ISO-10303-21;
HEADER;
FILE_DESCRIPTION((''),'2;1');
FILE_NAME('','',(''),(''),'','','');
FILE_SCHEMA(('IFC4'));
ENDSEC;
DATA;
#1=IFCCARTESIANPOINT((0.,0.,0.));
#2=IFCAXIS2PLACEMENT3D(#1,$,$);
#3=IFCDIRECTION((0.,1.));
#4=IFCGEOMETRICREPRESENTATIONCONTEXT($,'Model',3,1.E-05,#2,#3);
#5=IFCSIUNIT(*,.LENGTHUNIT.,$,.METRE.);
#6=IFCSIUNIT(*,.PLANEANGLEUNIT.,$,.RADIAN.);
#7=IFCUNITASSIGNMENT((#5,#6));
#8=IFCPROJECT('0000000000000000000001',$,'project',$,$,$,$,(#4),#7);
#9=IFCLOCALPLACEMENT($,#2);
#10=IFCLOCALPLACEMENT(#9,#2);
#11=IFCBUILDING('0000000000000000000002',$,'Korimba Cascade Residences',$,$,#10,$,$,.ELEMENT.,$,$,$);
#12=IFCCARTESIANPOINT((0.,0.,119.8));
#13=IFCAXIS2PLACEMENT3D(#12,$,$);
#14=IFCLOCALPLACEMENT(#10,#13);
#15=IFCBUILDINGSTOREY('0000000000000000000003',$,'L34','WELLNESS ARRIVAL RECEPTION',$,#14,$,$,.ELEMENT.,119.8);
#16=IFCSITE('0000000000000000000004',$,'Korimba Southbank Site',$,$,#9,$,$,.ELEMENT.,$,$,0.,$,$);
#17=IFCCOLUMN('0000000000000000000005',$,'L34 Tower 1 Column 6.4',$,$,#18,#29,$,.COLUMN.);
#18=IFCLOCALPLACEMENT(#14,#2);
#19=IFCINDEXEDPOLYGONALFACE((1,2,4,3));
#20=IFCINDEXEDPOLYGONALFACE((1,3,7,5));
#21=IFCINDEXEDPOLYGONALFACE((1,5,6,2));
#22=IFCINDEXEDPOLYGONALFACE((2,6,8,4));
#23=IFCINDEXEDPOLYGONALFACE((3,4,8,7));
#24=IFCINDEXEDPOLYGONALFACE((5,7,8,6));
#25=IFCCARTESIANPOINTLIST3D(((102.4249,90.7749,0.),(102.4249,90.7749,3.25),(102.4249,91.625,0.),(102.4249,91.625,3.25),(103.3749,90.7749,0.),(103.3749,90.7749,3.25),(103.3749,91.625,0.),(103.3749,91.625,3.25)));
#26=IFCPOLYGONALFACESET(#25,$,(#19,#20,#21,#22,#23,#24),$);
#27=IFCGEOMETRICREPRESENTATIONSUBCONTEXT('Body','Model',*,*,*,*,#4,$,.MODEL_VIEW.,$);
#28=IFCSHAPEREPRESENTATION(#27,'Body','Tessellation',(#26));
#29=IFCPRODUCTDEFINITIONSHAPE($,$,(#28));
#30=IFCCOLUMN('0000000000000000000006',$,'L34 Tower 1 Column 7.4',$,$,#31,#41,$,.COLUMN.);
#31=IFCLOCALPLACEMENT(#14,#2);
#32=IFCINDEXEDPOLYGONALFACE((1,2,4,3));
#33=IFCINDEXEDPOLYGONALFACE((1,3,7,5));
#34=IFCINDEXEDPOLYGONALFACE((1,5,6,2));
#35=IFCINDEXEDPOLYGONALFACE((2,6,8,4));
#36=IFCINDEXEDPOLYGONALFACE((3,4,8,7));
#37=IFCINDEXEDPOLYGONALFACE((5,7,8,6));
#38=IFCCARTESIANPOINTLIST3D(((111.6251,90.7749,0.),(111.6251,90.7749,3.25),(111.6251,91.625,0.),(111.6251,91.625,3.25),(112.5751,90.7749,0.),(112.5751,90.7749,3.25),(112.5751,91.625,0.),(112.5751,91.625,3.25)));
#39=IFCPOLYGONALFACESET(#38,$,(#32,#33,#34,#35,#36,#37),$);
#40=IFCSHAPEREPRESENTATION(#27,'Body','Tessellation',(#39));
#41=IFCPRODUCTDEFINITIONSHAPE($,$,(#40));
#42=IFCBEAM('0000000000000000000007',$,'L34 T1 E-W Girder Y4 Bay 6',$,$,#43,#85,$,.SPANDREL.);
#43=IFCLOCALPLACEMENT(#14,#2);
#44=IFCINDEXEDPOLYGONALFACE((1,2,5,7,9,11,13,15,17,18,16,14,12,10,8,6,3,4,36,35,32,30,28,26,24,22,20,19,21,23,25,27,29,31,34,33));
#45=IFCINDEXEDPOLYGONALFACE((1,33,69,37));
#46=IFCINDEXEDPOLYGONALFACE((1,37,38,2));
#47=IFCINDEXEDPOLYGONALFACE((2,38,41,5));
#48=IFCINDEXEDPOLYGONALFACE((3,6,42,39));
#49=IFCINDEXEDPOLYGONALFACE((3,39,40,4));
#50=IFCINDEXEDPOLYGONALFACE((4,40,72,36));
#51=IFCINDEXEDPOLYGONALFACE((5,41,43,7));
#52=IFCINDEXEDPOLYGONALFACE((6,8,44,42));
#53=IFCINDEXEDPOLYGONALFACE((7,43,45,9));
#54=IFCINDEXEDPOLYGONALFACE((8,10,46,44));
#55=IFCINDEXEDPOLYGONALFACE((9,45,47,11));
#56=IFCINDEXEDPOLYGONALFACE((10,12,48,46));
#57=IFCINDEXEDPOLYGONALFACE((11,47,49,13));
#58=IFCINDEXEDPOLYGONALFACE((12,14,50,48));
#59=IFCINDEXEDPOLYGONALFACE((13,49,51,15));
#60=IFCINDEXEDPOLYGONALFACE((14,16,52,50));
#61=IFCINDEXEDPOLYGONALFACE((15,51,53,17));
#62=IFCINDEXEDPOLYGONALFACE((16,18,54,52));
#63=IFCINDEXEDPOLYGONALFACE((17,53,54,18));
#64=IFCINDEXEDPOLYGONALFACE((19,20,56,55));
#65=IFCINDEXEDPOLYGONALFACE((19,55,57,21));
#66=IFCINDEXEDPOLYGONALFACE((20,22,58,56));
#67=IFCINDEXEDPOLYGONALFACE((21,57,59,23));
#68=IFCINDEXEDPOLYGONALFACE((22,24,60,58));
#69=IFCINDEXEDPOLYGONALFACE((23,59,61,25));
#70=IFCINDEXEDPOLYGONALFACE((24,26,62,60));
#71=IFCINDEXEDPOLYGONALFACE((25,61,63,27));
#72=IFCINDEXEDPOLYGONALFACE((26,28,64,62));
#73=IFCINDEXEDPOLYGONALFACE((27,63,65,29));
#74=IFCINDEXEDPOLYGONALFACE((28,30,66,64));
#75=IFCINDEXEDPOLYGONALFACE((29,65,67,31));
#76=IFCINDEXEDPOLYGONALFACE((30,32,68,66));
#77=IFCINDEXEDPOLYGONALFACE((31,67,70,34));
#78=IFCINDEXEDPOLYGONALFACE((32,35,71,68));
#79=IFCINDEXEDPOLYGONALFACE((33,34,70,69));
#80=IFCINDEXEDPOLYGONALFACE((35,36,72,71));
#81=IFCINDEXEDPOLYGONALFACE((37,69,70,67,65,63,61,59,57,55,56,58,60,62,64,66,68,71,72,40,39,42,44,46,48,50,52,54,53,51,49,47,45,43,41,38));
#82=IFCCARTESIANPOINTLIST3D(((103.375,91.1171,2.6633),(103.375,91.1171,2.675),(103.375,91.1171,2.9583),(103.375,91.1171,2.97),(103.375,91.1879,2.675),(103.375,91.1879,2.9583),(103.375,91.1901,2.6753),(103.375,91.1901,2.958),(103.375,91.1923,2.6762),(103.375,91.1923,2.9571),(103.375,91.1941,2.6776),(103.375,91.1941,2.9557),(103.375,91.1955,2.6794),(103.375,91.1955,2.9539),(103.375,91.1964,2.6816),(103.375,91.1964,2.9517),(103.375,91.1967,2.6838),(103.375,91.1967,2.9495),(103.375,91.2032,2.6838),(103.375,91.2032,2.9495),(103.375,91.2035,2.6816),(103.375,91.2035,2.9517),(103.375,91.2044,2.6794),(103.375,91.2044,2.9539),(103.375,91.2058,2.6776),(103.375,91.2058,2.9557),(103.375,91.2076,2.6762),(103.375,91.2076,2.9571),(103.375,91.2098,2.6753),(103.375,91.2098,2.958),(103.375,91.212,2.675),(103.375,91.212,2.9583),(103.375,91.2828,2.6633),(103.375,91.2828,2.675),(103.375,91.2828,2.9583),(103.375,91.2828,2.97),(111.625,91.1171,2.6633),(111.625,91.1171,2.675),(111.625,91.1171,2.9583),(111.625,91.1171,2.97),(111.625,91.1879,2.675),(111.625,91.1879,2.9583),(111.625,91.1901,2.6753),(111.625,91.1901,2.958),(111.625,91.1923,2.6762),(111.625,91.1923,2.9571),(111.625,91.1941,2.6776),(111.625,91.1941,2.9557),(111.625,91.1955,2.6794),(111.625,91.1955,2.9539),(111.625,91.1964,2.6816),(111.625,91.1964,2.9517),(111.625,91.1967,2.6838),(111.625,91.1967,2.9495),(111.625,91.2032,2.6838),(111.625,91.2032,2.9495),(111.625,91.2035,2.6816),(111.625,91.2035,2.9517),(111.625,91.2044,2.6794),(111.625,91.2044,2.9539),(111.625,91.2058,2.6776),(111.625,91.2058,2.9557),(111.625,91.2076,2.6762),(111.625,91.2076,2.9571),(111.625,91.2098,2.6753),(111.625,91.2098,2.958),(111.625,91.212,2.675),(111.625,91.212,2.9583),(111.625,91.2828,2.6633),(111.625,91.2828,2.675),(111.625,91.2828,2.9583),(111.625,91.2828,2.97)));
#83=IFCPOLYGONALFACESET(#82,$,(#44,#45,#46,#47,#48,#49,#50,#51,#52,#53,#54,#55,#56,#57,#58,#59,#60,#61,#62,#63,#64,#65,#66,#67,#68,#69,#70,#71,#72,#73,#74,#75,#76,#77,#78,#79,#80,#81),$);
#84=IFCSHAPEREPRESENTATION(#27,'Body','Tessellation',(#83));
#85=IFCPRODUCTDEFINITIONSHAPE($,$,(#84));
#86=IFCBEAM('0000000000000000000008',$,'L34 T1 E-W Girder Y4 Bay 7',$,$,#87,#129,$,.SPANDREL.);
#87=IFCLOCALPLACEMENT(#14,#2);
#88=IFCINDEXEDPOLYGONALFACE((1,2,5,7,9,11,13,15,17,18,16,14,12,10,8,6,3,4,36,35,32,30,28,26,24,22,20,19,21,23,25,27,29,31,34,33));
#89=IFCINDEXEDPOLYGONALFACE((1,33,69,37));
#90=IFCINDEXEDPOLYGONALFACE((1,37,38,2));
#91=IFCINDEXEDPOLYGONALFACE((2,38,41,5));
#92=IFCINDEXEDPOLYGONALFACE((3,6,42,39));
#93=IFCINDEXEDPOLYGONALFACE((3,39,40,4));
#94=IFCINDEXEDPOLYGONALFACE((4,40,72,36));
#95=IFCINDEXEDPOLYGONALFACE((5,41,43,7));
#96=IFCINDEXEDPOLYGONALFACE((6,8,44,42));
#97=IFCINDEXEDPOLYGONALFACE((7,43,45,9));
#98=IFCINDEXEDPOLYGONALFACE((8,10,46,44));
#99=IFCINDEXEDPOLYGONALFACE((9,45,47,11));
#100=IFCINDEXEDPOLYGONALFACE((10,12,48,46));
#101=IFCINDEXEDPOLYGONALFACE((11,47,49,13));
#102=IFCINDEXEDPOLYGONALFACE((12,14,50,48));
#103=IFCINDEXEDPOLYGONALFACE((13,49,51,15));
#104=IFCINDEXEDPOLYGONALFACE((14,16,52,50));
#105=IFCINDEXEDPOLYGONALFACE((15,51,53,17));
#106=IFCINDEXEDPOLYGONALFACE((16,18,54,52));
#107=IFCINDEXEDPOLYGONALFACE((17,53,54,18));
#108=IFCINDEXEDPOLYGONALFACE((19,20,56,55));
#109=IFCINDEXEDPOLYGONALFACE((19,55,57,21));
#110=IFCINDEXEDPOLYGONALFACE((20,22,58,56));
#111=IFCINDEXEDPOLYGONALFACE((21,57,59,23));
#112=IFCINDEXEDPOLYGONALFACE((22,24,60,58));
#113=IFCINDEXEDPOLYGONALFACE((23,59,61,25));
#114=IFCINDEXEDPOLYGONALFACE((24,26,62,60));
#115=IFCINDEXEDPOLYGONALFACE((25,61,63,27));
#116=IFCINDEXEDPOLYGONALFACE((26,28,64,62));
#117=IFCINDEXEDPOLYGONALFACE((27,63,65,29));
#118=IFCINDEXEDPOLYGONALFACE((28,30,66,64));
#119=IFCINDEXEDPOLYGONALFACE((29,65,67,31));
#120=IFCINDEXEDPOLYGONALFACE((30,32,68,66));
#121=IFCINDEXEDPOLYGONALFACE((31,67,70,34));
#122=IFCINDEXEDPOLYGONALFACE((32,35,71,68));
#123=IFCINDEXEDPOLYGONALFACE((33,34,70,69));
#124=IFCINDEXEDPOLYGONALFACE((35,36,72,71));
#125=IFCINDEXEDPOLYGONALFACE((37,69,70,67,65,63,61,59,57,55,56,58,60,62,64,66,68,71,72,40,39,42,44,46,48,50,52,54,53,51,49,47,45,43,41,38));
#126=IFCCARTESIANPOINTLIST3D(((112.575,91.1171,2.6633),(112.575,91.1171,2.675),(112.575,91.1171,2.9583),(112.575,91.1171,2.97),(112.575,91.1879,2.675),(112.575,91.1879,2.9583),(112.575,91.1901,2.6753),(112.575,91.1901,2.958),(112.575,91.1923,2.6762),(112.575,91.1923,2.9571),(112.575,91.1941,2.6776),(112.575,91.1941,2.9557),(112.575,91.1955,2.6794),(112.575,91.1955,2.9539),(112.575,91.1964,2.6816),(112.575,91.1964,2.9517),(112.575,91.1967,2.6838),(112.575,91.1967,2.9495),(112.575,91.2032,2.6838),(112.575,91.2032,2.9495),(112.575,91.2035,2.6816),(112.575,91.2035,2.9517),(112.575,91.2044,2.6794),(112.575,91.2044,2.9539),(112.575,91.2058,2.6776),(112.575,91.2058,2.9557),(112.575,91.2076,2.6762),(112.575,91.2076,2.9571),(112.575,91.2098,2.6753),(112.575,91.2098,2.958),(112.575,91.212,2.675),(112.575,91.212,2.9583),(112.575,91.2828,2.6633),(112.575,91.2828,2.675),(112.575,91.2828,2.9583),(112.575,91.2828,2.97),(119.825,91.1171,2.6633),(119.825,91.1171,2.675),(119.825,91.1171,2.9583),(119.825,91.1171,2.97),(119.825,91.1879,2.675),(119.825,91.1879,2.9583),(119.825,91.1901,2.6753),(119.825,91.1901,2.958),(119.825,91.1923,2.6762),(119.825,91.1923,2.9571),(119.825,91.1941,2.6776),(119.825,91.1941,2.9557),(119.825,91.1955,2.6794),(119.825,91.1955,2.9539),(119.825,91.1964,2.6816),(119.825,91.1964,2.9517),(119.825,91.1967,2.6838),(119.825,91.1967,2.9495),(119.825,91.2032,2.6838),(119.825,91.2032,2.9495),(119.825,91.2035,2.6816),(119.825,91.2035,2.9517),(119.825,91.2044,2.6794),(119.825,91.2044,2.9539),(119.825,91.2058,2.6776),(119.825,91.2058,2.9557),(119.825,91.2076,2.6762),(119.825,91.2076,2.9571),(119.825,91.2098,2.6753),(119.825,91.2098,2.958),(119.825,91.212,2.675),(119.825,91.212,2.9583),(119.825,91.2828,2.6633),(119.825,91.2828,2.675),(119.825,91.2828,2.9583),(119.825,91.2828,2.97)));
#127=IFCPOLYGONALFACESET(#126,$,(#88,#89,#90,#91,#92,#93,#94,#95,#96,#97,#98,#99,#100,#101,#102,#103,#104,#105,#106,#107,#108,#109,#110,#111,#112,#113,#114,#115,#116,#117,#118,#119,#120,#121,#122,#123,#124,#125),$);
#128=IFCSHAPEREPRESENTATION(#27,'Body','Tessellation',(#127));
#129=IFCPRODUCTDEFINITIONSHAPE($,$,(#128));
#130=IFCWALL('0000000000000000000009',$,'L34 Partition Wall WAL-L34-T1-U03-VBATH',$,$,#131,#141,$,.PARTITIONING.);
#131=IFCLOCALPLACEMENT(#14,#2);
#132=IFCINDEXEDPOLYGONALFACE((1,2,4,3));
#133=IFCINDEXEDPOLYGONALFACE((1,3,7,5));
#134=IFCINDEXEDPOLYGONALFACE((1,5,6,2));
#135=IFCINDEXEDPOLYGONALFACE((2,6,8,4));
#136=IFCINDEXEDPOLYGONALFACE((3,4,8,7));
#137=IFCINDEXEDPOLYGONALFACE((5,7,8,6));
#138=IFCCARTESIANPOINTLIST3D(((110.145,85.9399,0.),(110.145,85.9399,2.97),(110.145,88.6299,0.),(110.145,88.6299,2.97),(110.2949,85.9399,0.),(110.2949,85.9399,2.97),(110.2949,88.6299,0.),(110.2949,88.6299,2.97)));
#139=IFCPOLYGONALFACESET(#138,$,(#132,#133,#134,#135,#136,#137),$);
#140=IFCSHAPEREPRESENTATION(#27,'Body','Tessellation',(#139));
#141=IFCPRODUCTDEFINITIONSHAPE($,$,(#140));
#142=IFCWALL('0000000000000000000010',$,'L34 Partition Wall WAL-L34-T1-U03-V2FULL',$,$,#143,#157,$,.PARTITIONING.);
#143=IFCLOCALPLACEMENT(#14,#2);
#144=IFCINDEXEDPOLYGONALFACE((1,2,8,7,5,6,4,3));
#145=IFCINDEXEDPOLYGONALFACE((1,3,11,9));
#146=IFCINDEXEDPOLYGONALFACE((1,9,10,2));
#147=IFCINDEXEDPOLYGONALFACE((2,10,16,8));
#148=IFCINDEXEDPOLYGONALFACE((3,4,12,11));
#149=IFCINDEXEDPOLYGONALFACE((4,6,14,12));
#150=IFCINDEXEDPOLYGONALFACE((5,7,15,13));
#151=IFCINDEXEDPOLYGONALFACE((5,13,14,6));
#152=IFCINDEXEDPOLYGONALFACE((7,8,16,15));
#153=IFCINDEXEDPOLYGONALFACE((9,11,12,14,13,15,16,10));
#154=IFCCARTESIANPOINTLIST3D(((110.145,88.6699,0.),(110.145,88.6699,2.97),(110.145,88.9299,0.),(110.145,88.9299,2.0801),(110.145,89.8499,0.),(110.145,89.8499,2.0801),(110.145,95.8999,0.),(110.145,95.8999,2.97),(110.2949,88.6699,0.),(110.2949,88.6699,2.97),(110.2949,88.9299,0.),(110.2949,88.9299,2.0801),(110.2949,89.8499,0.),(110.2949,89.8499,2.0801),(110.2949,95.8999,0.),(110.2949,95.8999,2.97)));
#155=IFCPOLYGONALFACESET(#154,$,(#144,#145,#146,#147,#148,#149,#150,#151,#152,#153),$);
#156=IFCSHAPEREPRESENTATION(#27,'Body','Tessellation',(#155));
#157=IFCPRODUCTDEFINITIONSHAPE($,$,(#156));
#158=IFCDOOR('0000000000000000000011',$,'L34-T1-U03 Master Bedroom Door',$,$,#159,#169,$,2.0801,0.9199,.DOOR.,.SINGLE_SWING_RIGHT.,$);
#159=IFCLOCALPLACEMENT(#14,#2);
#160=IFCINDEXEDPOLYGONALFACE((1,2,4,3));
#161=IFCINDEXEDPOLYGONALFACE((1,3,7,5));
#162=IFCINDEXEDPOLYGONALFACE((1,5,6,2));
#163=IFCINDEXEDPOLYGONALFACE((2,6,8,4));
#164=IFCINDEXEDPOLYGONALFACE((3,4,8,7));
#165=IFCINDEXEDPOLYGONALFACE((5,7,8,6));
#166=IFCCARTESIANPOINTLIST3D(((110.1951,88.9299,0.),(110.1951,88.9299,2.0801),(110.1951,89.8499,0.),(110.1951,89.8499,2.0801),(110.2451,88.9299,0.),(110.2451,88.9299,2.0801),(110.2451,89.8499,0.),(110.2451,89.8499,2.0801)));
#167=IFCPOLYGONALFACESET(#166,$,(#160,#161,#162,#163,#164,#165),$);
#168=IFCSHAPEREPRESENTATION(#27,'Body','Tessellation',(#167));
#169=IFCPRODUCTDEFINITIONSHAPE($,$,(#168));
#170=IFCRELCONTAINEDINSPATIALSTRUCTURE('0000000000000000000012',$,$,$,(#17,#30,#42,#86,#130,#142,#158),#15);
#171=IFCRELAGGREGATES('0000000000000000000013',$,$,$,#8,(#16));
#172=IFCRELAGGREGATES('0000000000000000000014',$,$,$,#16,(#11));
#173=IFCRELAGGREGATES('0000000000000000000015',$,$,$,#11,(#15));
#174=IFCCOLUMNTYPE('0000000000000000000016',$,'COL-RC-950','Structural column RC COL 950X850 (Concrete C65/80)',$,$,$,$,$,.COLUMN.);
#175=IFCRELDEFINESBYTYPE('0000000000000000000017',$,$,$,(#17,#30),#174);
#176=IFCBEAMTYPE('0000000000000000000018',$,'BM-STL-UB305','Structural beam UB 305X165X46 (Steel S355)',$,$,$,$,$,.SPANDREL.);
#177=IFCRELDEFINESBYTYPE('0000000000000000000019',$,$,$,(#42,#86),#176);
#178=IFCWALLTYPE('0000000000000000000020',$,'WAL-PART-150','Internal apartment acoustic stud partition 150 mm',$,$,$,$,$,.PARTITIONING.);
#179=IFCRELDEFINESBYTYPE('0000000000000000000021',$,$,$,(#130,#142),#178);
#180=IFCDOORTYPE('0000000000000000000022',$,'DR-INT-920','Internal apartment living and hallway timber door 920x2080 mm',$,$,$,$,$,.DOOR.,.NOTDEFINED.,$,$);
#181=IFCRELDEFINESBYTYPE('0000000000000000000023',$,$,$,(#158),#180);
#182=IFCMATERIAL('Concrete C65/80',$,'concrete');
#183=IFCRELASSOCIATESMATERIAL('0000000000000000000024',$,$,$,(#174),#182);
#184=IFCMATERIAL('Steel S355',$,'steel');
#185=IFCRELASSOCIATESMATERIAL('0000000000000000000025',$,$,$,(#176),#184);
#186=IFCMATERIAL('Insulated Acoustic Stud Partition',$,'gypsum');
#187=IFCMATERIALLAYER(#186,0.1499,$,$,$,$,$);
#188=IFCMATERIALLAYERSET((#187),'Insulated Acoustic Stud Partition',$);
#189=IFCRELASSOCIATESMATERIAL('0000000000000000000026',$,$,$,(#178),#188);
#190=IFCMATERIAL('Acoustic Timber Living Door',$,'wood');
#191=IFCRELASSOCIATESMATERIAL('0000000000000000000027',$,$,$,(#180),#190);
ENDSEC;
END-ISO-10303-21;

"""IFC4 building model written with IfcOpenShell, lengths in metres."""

from ifc_helpers import new_model, si_unit, direction, frame, frame_2d, origin, origin_2d, place, context, subcontext, project, spatial, rectangle, i_section, extrude, material, layer, layer_set, material_profile, profile_set, type_object, element, fill, save


model = new_model("IFC4")

# Units and contexts
model_context = context("Model", 3, precision=1e-05, world=origin(), true_north=direction((0.0, 1.0)))
body_context = subcontext(model_context, "Body", "Model", "MODEL_VIEW")
ifc_project = project(units=[si_unit("LENGTHUNIT", "METRE"), si_unit("PLANEANGLEUNIT", "RADIAN")], contexts=[model_context])

# Site, building, storey
site_placement = place(None, origin())
site = spatial("IfcSite", under=ifc_project, at=site_placement, Name="Korimba Southbank Site", CompositionType="ELEMENT", RefElevation=0.0)
building_placement = place(site_placement, origin())
building = spatial("IfcBuilding", under=site, at=building_placement, Name="Korimba Cascade Residences", CompositionType="ELEMENT")
storey_placement = place(building_placement, frame((0.0, 0.0, 119.8)))
storey = spatial("IfcBuildingStorey", under=building, at=storey_placement, Name="L34", Description="WELLNESS ARRIVAL RECEPTION", CompositionType="ELEMENT", Elevation=119.8)

# Columns
ifc_material_1 = material(Name="Concrete C65/80", Category="concrete")
ifc_material_profile_1 = material_profile(ifc_material_1, rectangle(XDim=0.95, YDim=0.8501, at=origin_2d()), Name="Concrete C65/80")
ifc_profile_set_1 = profile_set([ifc_material_profile_1], Name="Concrete C65/80")
column_type = type_object("IfcColumnType", Name="COL-RC-950", Description="Structural column RC COL 950X850 (Concrete C65/80)", PredefinedType="COLUMN", material=ifc_profile_set_1)
for number, where, z_axis, x_axis, name in (
    (1, (102.8999, 91.2, 0.0), (0.0, 0.0, 1.0), (1.0, 0.0, 0.0), "L34 Tower 1 Column 6.4"),
    (2, (112.1001, 91.2, 0.0), (0.0, 0.0, 1.0), (1.0, 0.0, 0.0), "L34 Tower 1 Column 7.4"),
):
    element("IfcColumn", number, at=place(storey_placement, frame(where, z_axis=z_axis, x_axis=x_axis)), inside=storey, type_object=column_type, Name=name, PredefinedType="COLUMN", context=body_context, shape_type="SweptSolid", body=[
        extrude(rectangle(XDim=0.95, YDim=0.8501, at=origin_2d()), origin(), (0.0, 0.0, 1.0), 3.25),
    ])

# Beams
ifc_material_2 = material(Name="Steel S355", Category="steel")
ifc_material_profile_2 = material_profile(ifc_material_2, i_section(OverallWidth=0.1658, OverallDepth=0.3066, WebThickness=0.0066, FlangeThickness=0.0117, FilletRadius=0.0088, at=origin_2d()), Name="Steel S355")
ifc_profile_set_2 = profile_set([ifc_material_profile_2], Name="Steel S355")
beam_type = type_object("IfcBeamType", Name="BM-STL-UB305", Description="Structural beam UB 305X165X46 (Steel S355)", PredefinedType="SPANDREL", material=ifc_profile_set_2)
beam_1_placement = place(storey_placement, frame((103.375, 91.2, 2.8167), z_axis=(1.0, 0.0, 0.0), x_axis=(0.0, 1.0, 0.0)))
element("IfcBeam", 3, at=beam_1_placement, inside=storey, type_object=beam_type, Name="L34 T1 E-W Girder Y4 Bay 6", PredefinedType="SPANDREL", context=body_context, shape_type="SweptSolid", body=[
    extrude(i_section(OverallWidth=0.1658, OverallDepth=0.3066, WebThickness=0.0066, FlangeThickness=0.0117, FilletRadius=0.0088, at=origin_2d()), origin(), (0.0, 0.0, 1.0), 8.25),
])
beam_2_placement = place(storey_placement, frame((112.575, 91.2, 2.8167), z_axis=(1.0, 0.0, 0.0), x_axis=(0.0, 1.0, 0.0)))
element("IfcBeam", 4, at=beam_2_placement, inside=storey, type_object=beam_type, Name="L34 T1 E-W Girder Y4 Bay 7", PredefinedType="SPANDREL", context=body_context, shape_type="SweptSolid", body=[
    extrude(i_section(OverallWidth=0.1658, OverallDepth=0.3066, WebThickness=0.0066, FlangeThickness=0.0117, FilletRadius=0.0088, at=origin_2d()), origin(), (0.0, 0.0, 1.0), 7.25),
])

# Wall
ifc_material_3 = material(Name="Insulated Acoustic Stud Partition", Category="gypsum")
ifc_layer = layer(ifc_material_3, 0.1499)
ifc_layer_set = layer_set([ifc_layer], Name="Insulated Acoustic Stud Partition")
wall_type = type_object("IfcWallType", Name="WAL-PART-150", Description="Internal apartment acoustic stud partition 150 mm", PredefinedType="PARTITIONING", material=ifc_layer_set)
wall_1_placement = place(storey_placement, frame((110.22, 85.9399, 0.0), z_axis=(0.0, 0.0, 1.0), x_axis=(0.0, 1.0, 0.0)))
element("IfcWall", 5, at=wall_1_placement, inside=storey, type_object=wall_type, Name="L34 Partition Wall WAL-L34-T1-U03-VBATH", PredefinedType="PARTITIONING", context=body_context, shape_type="SweptSolid", body=[
    extrude(rectangle(XDim=2.6899, YDim=0.1499, at=frame_2d((1.345, 0.0))), origin(), (0.0, 0.0, 1.0), 2.97),
])

# Wall, opening, door
wall_2_placement = place(storey_placement, frame((110.22, 88.6699, 0.0), z_axis=(0.0, 0.0, 1.0), x_axis=(0.0, 1.0, 0.0)))
wall_2 = element("IfcWall", 6, at=wall_2_placement, inside=storey, type_object=wall_type, Name="L34 Partition Wall WAL-L34-T1-U03-V2FULL", PredefinedType="PARTITIONING", context=body_context, shape_type="SweptSolid", body=[
    extrude(rectangle(XDim=7.23, YDim=0.1499, at=frame_2d((3.615, 0.0))), origin(), (0.0, 0.0, 1.0), 2.97),
])
opening_1_placement = place(wall_2_placement, frame((0.26, 0.0, 0.0)))
opening_1 = element("IfcOpeningElement", 7, at=opening_1_placement, cuts=wall_2, PredefinedType="OPENING", context=body_context, shape_type="SweptSolid", body=[
    extrude(rectangle(XDim=0.9199, YDim=2.0801, at=frame_2d((0.46, 1.04))), frame((0.0, 0.085, 0.0), z_axis=(0.0, -1.0, 0.0), x_axis=(1.0, 0.0, 0.0)), (0.0, 0.0, 1.0), 0.1699),
])
ifc_material_4 = material(Name="Acoustic Timber Living Door", Category="wood")
door_type_1 = type_object("IfcDoorType", Name="DR-INT-920", Description="Internal apartment living and hallway timber door 920x2080 mm", OperationType="NOTDEFINED", PredefinedType="DOOR", material=ifc_material_4)
door_1_placement = place(opening_1_placement, origin())
door_1 = element("IfcDoor", 8, at=door_1_placement, inside=storey, type_object=door_type_1, Name="L34-T1-U03 Master Bedroom Door", OperationType="SINGLE_SWING_RIGHT", OverallHeight=2.0801, OverallWidth=0.9199, PredefinedType="DOOR", context=body_context, shape_type="SweptSolid", body=[
    extrude(rectangle(XDim=0.9199, YDim=2.0801, at=frame_2d((0.46, 1.04))), frame((0.0, 0.0249, 0.0), z_axis=(0.0, -1.0, 0.0), x_axis=(1.0, 0.0, 0.0)), (0.0, 0.0, 1.0), 0.05),
])
fill(opening_1, door_1)

save(model, "model.ifc")
